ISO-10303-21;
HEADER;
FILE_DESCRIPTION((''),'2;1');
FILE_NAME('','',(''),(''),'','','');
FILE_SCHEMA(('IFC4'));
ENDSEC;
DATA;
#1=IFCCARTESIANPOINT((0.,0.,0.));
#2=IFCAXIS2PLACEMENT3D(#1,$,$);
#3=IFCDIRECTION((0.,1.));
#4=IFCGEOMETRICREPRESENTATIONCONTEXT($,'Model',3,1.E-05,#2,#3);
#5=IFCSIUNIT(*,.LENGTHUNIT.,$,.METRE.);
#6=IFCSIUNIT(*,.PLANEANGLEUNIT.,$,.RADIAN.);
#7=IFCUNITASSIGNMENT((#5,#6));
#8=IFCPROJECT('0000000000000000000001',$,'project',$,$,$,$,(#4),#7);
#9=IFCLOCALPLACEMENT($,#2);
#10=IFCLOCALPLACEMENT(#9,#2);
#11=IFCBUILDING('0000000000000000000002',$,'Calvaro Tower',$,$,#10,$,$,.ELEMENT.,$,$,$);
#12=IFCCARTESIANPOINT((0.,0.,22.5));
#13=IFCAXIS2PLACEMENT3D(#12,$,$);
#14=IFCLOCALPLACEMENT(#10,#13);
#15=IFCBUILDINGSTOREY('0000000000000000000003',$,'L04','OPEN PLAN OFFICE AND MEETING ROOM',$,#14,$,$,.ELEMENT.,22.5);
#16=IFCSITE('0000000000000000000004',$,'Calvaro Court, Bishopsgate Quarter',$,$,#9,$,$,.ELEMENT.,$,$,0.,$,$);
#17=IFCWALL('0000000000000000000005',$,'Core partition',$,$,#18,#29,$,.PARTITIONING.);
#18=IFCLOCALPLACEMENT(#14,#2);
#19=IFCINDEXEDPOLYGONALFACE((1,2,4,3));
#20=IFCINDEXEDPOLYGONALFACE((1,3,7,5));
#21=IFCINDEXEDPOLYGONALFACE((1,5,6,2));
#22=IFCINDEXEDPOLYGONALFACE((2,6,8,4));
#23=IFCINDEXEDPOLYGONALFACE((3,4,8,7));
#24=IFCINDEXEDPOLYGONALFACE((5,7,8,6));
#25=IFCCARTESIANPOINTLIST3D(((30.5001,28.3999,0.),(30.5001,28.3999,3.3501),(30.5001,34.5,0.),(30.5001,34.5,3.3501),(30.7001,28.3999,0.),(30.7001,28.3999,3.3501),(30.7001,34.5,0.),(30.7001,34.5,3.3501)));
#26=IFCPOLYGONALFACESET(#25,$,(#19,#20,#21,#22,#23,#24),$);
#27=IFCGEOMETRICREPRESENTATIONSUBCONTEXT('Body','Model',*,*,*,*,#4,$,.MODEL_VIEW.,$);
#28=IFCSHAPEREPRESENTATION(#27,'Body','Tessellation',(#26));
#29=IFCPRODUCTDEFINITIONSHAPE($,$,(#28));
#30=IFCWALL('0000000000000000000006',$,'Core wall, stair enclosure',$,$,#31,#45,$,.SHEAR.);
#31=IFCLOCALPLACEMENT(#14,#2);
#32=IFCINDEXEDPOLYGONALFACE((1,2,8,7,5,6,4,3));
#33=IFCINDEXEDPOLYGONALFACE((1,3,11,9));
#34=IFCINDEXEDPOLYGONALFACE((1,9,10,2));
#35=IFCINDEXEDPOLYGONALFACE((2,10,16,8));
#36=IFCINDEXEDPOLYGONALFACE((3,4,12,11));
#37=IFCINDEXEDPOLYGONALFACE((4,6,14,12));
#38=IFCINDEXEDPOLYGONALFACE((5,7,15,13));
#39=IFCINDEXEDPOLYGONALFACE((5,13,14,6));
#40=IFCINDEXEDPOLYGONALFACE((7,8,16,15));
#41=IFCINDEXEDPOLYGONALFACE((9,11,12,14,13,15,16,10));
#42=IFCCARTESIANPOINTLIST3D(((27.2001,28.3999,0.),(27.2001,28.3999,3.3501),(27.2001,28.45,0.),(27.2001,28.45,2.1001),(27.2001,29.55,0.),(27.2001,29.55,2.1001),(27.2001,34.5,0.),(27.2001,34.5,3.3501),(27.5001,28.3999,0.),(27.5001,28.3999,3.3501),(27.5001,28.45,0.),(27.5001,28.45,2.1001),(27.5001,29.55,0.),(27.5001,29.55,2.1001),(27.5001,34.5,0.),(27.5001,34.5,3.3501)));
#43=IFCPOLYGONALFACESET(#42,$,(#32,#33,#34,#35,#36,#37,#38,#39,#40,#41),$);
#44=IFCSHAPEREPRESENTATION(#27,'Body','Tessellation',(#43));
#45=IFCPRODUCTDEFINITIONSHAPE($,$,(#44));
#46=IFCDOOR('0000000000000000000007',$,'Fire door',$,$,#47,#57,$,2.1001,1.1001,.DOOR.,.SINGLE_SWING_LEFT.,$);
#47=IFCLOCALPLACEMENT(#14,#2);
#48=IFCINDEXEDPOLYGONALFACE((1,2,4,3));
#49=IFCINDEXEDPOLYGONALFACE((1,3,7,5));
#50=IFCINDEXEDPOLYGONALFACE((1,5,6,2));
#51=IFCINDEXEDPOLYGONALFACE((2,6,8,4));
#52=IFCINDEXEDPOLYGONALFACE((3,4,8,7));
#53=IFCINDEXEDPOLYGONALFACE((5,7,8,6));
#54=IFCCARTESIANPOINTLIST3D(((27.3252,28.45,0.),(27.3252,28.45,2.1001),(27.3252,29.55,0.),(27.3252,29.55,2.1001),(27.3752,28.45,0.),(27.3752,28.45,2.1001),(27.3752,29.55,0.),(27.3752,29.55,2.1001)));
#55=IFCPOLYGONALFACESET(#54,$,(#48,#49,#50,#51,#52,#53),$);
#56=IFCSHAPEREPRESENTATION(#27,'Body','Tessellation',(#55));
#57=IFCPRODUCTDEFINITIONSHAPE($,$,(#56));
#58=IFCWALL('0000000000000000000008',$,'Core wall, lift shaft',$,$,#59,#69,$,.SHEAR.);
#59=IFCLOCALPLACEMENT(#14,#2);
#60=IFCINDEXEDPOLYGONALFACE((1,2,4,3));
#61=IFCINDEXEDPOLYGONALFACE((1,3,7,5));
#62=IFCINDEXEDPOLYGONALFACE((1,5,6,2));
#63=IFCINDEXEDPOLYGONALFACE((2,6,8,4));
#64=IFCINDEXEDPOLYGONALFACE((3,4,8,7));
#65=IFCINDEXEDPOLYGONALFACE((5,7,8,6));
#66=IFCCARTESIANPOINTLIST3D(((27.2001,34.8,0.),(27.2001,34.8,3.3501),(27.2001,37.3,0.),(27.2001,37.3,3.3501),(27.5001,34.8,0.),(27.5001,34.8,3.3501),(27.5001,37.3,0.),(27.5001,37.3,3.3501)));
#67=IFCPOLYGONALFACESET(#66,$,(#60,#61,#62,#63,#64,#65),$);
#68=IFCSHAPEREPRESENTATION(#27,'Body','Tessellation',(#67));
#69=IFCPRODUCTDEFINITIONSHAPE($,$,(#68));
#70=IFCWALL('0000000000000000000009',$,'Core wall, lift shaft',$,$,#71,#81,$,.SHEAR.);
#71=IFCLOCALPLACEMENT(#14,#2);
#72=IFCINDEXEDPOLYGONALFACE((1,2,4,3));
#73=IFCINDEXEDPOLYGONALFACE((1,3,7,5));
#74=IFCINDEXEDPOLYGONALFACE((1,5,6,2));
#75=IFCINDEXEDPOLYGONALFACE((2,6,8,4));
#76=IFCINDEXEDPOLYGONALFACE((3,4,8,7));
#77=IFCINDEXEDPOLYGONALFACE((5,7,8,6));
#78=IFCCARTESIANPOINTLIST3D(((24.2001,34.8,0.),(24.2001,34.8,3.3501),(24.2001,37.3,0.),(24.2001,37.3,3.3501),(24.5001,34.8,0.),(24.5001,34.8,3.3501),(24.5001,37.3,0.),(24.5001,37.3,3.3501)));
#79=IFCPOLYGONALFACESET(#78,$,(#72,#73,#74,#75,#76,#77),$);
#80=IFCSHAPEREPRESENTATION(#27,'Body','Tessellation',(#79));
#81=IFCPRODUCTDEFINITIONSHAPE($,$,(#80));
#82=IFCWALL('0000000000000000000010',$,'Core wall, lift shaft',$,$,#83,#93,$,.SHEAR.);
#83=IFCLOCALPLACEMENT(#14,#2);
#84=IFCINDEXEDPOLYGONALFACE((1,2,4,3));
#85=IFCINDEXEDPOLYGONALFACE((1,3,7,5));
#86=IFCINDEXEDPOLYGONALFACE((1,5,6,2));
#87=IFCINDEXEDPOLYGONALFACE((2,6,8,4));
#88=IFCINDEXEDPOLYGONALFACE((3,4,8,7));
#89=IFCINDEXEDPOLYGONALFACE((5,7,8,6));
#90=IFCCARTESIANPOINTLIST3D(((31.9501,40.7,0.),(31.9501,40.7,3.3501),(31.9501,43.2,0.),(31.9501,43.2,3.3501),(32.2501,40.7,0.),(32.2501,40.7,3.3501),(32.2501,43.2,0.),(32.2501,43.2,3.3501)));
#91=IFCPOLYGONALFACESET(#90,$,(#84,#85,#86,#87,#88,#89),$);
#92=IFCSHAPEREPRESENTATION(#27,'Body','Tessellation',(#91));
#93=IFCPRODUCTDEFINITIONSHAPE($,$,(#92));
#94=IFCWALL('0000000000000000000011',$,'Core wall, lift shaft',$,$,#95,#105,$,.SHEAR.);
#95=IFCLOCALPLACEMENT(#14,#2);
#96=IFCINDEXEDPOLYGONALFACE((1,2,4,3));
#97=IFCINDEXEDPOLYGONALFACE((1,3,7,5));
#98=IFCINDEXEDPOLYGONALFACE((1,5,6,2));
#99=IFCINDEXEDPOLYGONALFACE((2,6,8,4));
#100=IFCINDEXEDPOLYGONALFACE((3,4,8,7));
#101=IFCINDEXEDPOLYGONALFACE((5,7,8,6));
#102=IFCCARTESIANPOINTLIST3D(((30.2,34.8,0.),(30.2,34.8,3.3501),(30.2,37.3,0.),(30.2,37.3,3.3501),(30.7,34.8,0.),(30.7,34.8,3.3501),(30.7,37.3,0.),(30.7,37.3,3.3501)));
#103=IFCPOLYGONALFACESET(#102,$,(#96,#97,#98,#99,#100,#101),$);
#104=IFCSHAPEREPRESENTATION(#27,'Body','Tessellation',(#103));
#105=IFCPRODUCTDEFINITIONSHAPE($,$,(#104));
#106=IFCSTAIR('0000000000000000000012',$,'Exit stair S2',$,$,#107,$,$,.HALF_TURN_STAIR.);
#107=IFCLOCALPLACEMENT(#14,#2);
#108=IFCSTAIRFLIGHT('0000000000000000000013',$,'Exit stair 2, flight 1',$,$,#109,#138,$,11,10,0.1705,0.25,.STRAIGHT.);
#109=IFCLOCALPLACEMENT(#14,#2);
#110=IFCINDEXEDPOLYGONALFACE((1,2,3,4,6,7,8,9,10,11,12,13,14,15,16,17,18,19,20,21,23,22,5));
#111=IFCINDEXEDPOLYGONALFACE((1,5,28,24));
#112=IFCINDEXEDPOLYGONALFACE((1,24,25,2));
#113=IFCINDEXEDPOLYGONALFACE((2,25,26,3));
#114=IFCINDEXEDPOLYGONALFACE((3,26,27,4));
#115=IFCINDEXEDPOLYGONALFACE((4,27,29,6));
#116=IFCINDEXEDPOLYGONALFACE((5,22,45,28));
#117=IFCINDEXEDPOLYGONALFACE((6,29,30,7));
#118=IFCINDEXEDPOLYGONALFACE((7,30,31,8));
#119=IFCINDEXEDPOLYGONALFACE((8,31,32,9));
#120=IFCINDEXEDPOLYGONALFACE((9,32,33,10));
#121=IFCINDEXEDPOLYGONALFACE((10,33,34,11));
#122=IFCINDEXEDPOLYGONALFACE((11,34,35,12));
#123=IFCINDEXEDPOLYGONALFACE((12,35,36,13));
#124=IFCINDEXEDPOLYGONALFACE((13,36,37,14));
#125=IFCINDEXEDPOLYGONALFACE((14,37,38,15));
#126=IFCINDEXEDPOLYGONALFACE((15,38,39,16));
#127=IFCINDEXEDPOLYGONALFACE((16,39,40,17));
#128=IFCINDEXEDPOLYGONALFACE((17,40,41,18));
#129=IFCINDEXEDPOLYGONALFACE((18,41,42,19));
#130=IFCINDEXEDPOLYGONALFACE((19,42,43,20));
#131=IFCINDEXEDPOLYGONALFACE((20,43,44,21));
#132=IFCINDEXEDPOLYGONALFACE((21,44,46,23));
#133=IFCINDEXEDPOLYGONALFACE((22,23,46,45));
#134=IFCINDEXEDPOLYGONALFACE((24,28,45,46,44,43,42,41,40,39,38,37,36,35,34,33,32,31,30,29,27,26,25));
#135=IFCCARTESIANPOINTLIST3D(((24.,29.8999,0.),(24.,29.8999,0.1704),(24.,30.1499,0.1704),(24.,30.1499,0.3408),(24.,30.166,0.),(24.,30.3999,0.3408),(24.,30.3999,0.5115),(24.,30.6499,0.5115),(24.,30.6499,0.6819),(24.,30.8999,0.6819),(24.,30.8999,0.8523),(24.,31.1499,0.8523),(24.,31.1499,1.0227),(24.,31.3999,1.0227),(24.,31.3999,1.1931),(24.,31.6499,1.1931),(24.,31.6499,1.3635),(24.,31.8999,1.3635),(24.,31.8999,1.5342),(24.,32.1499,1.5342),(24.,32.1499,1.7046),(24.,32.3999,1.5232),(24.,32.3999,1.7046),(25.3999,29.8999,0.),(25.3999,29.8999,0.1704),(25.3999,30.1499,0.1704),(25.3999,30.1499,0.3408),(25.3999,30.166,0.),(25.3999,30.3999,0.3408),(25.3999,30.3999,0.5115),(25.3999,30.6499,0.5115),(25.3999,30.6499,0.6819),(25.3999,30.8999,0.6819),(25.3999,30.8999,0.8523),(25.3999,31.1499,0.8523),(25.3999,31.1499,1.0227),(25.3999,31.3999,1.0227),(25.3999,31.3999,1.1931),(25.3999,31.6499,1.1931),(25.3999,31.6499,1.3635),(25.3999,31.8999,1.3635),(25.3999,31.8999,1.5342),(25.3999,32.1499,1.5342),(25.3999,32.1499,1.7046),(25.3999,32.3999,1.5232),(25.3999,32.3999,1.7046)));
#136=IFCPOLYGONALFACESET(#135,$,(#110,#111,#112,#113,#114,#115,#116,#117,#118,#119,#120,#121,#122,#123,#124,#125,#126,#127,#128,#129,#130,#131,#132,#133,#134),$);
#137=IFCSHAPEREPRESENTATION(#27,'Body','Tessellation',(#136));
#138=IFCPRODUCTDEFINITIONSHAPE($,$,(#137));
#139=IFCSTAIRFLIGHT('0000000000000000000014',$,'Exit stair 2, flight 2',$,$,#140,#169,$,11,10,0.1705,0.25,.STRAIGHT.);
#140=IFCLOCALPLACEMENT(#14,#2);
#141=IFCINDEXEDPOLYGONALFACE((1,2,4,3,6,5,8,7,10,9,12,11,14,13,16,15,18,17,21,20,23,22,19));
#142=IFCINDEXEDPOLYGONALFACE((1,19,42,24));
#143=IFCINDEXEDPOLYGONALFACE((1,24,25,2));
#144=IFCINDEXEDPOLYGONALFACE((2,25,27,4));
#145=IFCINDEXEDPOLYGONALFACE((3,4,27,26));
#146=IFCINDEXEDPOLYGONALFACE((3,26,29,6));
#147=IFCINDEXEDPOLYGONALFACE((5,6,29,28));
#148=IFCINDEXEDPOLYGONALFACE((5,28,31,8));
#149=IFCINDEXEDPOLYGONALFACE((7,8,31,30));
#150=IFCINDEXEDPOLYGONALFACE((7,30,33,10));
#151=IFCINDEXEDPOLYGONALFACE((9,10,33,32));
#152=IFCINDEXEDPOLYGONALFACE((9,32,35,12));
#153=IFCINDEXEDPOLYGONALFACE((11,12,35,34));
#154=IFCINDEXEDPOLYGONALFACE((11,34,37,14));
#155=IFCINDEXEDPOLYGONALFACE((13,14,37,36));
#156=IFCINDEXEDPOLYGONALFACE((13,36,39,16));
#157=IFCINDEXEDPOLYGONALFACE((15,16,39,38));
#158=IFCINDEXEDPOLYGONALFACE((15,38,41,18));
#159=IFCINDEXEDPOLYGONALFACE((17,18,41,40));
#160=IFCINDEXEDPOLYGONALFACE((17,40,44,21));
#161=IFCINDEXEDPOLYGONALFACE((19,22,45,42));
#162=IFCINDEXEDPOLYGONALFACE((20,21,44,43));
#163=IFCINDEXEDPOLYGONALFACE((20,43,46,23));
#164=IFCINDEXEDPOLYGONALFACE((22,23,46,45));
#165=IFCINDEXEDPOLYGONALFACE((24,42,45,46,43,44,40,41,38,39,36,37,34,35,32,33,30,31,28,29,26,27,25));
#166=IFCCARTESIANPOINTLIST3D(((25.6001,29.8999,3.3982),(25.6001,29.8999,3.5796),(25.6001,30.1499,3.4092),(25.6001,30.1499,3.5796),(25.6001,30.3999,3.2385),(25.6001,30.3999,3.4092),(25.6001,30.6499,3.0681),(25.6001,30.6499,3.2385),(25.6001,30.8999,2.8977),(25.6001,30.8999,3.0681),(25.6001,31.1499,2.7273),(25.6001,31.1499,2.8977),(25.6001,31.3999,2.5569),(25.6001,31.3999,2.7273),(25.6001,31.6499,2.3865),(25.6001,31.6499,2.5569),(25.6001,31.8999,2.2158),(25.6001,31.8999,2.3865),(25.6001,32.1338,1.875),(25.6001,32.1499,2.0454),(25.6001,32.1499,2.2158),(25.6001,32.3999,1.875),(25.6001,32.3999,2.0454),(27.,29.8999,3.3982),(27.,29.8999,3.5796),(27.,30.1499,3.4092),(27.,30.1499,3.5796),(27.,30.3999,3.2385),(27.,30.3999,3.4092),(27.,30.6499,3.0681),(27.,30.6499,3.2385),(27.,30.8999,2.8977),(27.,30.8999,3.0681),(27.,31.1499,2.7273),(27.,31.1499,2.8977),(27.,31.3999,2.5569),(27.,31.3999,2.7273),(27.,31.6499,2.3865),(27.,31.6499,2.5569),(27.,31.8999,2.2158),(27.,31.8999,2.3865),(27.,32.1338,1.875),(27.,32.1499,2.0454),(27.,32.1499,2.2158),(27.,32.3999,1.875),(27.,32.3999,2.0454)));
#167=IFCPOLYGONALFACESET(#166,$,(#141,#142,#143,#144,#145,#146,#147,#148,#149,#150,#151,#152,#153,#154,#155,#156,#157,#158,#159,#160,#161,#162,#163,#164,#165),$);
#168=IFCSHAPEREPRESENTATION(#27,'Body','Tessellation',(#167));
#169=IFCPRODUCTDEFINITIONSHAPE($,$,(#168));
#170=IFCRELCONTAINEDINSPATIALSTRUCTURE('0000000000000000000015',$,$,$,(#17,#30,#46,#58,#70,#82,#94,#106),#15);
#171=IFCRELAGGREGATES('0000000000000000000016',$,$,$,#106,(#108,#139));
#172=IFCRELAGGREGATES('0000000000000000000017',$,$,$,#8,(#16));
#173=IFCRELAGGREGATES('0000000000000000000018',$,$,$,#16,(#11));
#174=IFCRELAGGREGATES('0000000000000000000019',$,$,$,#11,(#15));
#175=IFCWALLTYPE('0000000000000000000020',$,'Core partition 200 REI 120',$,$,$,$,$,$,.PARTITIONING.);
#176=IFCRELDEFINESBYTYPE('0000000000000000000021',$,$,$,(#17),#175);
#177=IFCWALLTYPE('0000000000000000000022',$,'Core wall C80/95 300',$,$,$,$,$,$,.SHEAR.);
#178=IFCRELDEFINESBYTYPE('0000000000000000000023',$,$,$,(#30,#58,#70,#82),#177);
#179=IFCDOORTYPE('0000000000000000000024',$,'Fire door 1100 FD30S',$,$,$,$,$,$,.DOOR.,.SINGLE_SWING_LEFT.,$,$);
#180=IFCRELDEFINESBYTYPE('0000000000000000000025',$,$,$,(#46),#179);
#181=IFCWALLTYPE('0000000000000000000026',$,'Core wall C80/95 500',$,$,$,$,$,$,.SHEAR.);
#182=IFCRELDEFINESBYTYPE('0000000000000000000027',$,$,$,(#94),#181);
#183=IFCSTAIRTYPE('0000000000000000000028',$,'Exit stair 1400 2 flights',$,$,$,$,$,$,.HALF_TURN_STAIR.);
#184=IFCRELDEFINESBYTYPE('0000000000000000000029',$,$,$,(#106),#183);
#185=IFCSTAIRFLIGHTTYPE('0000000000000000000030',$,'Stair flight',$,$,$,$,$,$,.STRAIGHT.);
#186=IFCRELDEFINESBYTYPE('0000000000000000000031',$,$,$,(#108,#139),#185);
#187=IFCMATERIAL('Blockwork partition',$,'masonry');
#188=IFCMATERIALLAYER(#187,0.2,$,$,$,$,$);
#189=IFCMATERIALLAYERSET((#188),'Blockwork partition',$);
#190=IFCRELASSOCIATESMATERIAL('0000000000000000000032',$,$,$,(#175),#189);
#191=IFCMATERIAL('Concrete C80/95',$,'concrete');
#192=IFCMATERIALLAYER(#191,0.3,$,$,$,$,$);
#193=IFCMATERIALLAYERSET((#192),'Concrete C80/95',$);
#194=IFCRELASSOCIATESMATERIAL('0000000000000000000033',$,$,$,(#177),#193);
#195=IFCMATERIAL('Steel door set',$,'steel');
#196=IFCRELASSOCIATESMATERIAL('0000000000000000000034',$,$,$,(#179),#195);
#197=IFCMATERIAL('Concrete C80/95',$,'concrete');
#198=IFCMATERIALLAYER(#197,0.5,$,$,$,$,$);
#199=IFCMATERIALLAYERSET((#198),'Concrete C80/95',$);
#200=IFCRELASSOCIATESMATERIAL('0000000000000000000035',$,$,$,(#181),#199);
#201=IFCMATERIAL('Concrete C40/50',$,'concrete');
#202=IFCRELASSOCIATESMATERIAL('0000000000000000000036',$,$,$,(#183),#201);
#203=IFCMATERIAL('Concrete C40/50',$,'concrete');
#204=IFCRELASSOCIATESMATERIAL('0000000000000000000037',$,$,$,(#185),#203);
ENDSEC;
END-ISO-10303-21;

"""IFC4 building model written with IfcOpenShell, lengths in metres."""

from ifc_helpers import new_model, si_unit, direction, frame, frame_2d, origin, place, context, subcontext, project, spatial, polyline, rectangle, outline, extrude, material, layer, layer_set, type_object, element, fill, aggregate, save


model = new_model("IFC4")

# Units and contexts
model_context = context("Model", 3, precision=1e-05, world=origin(), true_north=direction((0.0, 1.0)))
body_context = subcontext(model_context, "Body", "Model", "MODEL_VIEW")
ifc_project = project(units=[si_unit("LENGTHUNIT", "METRE"), si_unit("PLANEANGLEUNIT", "RADIAN")], contexts=[model_context])

# Site, building, storey
site_placement = place(None, origin())
site = spatial("IfcSite", under=ifc_project, at=site_placement, Name="Calvaro Court, Bishopsgate Quarter", CompositionType="ELEMENT", RefElevation=0.0)
building_placement = place(site_placement, origin())
building = spatial("IfcBuilding", under=site, at=building_placement, Name="Calvaro Tower", CompositionType="ELEMENT")
storey_placement = place(building_placement, frame((0.0, 0.0, 22.5)))
storey = spatial("IfcBuildingStorey", under=building, at=storey_placement, Name="L04", Description="OPEN PLAN OFFICE AND MEETING ROOM", CompositionType="ELEMENT", Elevation=22.5)

# Wall
ifc_material_1 = material(Name="Blockwork partition", Category="masonry")
ifc_layer_1 = layer(ifc_material_1, 0.2)
ifc_layer_set_1 = layer_set([ifc_layer_1], Name="Blockwork partition")
wall_type_1 = type_object("IfcWallType", Name="Core partition 200 REI 120", PredefinedType="PARTITIONING", material=ifc_layer_set_1)
wall_1_placement = place(storey_placement, frame((30.6001, 28.3999, 0.0), z_axis=(0.0, 0.0, 1.0), x_axis=(0.0, 1.0, 0.0)))
element("IfcWall", 1, at=wall_1_placement, inside=storey, type_object=wall_type_1, Name="Core partition", PredefinedType="PARTITIONING", context=body_context, shape_type="SweptSolid", body=[
    extrude(rectangle(XDim=6.1001, YDim=0.2, at=frame_2d((3.05, 0.0))), origin(), (0.0, 0.0, 1.0), 3.3501),
])

# Wall, opening, door
ifc_material_2 = material(Name="Concrete C80/95", Category="concrete")
ifc_layer_2 = layer(ifc_material_2, 0.3)
ifc_layer_set_2 = layer_set([ifc_layer_2], Name="Concrete C80/95")
wall_type_2 = type_object("IfcWallType", Name="Core wall C80/95 300", PredefinedType="SHEAR", material=ifc_layer_set_2)
wall_2_placement = place(storey_placement, frame((27.3501, 28.3999, 0.0), z_axis=(0.0, 0.0, 1.0), x_axis=(0.0, 1.0, 0.0)))
wall_2 = element("IfcWall", 2, at=wall_2_placement, inside=storey, type_object=wall_type_2, Name="Core wall, stair enclosure", PredefinedType="SHEAR", context=body_context, shape_type="SweptSolid", body=[
    extrude(rectangle(XDim=6.1001, YDim=0.3, at=frame_2d((3.05, 0.0))), origin(), (0.0, 0.0, 1.0), 3.3501),
])
opening_placement = place(wall_2_placement, frame((0.05, 0.0, 0.0)))
opening = element("IfcOpeningElement", 3, at=opening_placement, cuts=wall_2, PredefinedType="OPENING", context=body_context, shape_type="SweptSolid", body=[
    extrude(rectangle(XDim=1.1001, YDim=2.1001, at=frame_2d((0.55, 1.05))), frame((0.0, 0.1599, 0.0), z_axis=(0.0, -1.0, 0.0), x_axis=(1.0, 0.0, 0.0)), (0.0, 0.0, 1.0), 0.3201),
])
ifc_material_3 = material(Name="Steel door set", Category="steel")
door_type = type_object("IfcDoorType", Name="Fire door 1100 FD30S", OperationType="SINGLE_SWING_LEFT", PredefinedType="DOOR", material=ifc_material_3)
door_placement = place(opening_placement, origin())
door = element("IfcDoor", 4, at=door_placement, inside=storey, type_object=door_type, Name="Fire door", OperationType="SINGLE_SWING_LEFT", OverallHeight=2.1001, OverallWidth=1.1001, PredefinedType="DOOR", context=body_context, shape_type="SweptSolid", body=[
    extrude(rectangle(XDim=1.1001, YDim=2.1001, at=frame_2d((0.55, 1.05))), frame((0.0, 0.0249, 0.0), z_axis=(0.0, -1.0, 0.0), x_axis=(1.0, 0.0, 0.0)), (0.0, 0.0, 1.0), 0.05),
])
fill(opening, door)

# Walls
for number, where, z_axis, x_axis, name in (
    (5, (27.3501, 34.8, 0.0), (0.0, 0.0, 1.0), (0.0, 1.0, 0.0), "Core wall, lift shaft"),
    (6, (24.3501, 34.8, 0.0), (0.0, 0.0, 1.0), (0.0, 1.0, 0.0), "Core wall, lift shaft"),
    (7, (32.1001, 40.7, 0.0), (0.0, 0.0, 1.0), (0.0, 1.0, 0.0), "Core wall, lift shaft"),
):
    element("IfcWall", number, at=place(storey_placement, frame(where, z_axis=z_axis, x_axis=x_axis)), inside=storey, type_object=wall_type_2, Name=name, PredefinedType="SHEAR", context=body_context, shape_type="SweptSolid", body=[
        extrude(rectangle(XDim=2.5, YDim=0.3, at=frame_2d((1.25, 0.0))), origin(), (0.0, 0.0, 1.0), 3.3501),
    ])
ifc_material_4 = material(Name="Concrete C80/95", Category="concrete")
ifc_layer_3 = layer(ifc_material_4, 0.5)
ifc_layer_set_3 = layer_set([ifc_layer_3], Name="Concrete C80/95")
wall_type_3 = type_object("IfcWallType", Name="Core wall C80/95 500", PredefinedType="SHEAR", material=ifc_layer_set_3)
wall_3_placement = place(storey_placement, frame((30.45, 34.8, 0.0), z_axis=(0.0, 0.0, 1.0), x_axis=(0.0, 1.0, 0.0)))
element("IfcWall", 8, at=wall_3_placement, inside=storey, type_object=wall_type_3, Name="Core wall, lift shaft", PredefinedType="SHEAR", context=body_context, shape_type="SweptSolid", body=[
    extrude(rectangle(XDim=2.5, YDim=0.5, at=frame_2d((1.25, 0.0))), origin(), (0.0, 0.0, 1.0), 3.3501),
])

# Stair, stair flights
ifc_material_5 = material(Name="Concrete C40/50", Category="concrete")
stair_type = type_object("IfcStairType", Name="Exit stair 1400 2 flights", PredefinedType="HALF_TURN_STAIR", material=ifc_material_5)
stair_placement = place(storey_placement, origin())
stair = element("IfcStair", 9, at=stair_placement, inside=storey, type_object=stair_type, Name="Exit stair S2", PredefinedType="HALF_TURN_STAIR")
ifc_material_6 = material(Name="Concrete C40/50", Category="concrete")
stair_flight_type = type_object("IfcStairFlightType", Name="Stair flight", PredefinedType="STRAIGHT", material=ifc_material_6)
stair_flight_1_placement = place(storey_placement, frame((24.7, 29.8999, 0.0), z_axis=(0.0, 0.0, 1.0), x_axis=(0.0, 1.0, 0.0)))
stair_flight_1 = element("IfcStairFlight", 10, at=stair_flight_1_placement, type_object=stair_flight_type, Name="Exit stair 2, flight 1", NumberOfRisers=11, NumberOfTreads=10, PredefinedType="STRAIGHT", RiserHeight=0.1705, TreadLength=0.25, context=body_context, shape_type="SweptSolid", body=[
    extrude(outline(polyline([(0.0, 0.0), (0.0, 0.1704), (0.25, 0.1704), (0.25, 0.3408), (0.5, 0.3408), (0.5, 0.5115), (0.75, 0.5115), (0.75, 0.6819), (1.0, 0.6819), (1.0, 0.8523), (1.25, 0.8523), (1.25, 1.0227), (1.5, 1.0227), (1.5, 1.1931), (1.75, 1.1931), (1.75, 1.3635), (2.0, 1.3635), (2.0, 1.5342), (2.25, 1.5342), (2.25, 1.7046), (2.5, 1.7046), (2.5, 1.875), (2.5, 1.5232), (0.2661, 0.0), (0.0, 0.0)])), frame((0.0, 0.7, 0.0), z_axis=(0.0, -1.0, 0.0), x_axis=(1.0, 0.0, 0.0)), (0.0, 0.0, 1.0), 1.3999),
])
stair_flight_2_placement = place(storey_placement, frame((26.3, 32.3999, 1.875), z_axis=(0.0, 0.0, 1.0), x_axis=(0.0, -1.0, 0.0)))
stair_flight_2 = element("IfcStairFlight", 11, at=stair_flight_2_placement, type_object=stair_flight_type, Name="Exit stair 2, flight 2", NumberOfRisers=11, NumberOfTreads=10, PredefinedType="STRAIGHT", RiserHeight=0.1705, TreadLength=0.25, context=body_context, shape_type="SweptSolid", body=[
    extrude(outline(polyline([(0.0, 0.0), (0.0, 0.1704), (0.25, 0.1704), (0.25, 0.3408), (0.5, 0.3408), (0.5, 0.5115), (0.75, 0.5115), (0.75, 0.6819), (1.0, 0.6819), (1.0, 0.8523), (1.25, 0.8523), (1.25, 1.0227), (1.5, 1.0227), (1.5, 1.1931), (1.75, 1.1931), (1.75, 1.3635), (2.0, 1.3635), (2.0, 1.5342), (2.25, 1.5342), (2.25, 1.7046), (2.5, 1.7046), (2.5, 1.875), (2.5, 1.5232), (0.2661, 0.0), (0.0, 0.0)])), frame((0.0, 0.7, 0.0), z_axis=(0.0, -1.0, 0.0), x_axis=(1.0, 0.0, 0.0)), (0.0, 0.0, 1.0), 1.3999),
])
aggregate(stair, [stair_flight_1, stair_flight_2])

save(model, "model.ifc")
